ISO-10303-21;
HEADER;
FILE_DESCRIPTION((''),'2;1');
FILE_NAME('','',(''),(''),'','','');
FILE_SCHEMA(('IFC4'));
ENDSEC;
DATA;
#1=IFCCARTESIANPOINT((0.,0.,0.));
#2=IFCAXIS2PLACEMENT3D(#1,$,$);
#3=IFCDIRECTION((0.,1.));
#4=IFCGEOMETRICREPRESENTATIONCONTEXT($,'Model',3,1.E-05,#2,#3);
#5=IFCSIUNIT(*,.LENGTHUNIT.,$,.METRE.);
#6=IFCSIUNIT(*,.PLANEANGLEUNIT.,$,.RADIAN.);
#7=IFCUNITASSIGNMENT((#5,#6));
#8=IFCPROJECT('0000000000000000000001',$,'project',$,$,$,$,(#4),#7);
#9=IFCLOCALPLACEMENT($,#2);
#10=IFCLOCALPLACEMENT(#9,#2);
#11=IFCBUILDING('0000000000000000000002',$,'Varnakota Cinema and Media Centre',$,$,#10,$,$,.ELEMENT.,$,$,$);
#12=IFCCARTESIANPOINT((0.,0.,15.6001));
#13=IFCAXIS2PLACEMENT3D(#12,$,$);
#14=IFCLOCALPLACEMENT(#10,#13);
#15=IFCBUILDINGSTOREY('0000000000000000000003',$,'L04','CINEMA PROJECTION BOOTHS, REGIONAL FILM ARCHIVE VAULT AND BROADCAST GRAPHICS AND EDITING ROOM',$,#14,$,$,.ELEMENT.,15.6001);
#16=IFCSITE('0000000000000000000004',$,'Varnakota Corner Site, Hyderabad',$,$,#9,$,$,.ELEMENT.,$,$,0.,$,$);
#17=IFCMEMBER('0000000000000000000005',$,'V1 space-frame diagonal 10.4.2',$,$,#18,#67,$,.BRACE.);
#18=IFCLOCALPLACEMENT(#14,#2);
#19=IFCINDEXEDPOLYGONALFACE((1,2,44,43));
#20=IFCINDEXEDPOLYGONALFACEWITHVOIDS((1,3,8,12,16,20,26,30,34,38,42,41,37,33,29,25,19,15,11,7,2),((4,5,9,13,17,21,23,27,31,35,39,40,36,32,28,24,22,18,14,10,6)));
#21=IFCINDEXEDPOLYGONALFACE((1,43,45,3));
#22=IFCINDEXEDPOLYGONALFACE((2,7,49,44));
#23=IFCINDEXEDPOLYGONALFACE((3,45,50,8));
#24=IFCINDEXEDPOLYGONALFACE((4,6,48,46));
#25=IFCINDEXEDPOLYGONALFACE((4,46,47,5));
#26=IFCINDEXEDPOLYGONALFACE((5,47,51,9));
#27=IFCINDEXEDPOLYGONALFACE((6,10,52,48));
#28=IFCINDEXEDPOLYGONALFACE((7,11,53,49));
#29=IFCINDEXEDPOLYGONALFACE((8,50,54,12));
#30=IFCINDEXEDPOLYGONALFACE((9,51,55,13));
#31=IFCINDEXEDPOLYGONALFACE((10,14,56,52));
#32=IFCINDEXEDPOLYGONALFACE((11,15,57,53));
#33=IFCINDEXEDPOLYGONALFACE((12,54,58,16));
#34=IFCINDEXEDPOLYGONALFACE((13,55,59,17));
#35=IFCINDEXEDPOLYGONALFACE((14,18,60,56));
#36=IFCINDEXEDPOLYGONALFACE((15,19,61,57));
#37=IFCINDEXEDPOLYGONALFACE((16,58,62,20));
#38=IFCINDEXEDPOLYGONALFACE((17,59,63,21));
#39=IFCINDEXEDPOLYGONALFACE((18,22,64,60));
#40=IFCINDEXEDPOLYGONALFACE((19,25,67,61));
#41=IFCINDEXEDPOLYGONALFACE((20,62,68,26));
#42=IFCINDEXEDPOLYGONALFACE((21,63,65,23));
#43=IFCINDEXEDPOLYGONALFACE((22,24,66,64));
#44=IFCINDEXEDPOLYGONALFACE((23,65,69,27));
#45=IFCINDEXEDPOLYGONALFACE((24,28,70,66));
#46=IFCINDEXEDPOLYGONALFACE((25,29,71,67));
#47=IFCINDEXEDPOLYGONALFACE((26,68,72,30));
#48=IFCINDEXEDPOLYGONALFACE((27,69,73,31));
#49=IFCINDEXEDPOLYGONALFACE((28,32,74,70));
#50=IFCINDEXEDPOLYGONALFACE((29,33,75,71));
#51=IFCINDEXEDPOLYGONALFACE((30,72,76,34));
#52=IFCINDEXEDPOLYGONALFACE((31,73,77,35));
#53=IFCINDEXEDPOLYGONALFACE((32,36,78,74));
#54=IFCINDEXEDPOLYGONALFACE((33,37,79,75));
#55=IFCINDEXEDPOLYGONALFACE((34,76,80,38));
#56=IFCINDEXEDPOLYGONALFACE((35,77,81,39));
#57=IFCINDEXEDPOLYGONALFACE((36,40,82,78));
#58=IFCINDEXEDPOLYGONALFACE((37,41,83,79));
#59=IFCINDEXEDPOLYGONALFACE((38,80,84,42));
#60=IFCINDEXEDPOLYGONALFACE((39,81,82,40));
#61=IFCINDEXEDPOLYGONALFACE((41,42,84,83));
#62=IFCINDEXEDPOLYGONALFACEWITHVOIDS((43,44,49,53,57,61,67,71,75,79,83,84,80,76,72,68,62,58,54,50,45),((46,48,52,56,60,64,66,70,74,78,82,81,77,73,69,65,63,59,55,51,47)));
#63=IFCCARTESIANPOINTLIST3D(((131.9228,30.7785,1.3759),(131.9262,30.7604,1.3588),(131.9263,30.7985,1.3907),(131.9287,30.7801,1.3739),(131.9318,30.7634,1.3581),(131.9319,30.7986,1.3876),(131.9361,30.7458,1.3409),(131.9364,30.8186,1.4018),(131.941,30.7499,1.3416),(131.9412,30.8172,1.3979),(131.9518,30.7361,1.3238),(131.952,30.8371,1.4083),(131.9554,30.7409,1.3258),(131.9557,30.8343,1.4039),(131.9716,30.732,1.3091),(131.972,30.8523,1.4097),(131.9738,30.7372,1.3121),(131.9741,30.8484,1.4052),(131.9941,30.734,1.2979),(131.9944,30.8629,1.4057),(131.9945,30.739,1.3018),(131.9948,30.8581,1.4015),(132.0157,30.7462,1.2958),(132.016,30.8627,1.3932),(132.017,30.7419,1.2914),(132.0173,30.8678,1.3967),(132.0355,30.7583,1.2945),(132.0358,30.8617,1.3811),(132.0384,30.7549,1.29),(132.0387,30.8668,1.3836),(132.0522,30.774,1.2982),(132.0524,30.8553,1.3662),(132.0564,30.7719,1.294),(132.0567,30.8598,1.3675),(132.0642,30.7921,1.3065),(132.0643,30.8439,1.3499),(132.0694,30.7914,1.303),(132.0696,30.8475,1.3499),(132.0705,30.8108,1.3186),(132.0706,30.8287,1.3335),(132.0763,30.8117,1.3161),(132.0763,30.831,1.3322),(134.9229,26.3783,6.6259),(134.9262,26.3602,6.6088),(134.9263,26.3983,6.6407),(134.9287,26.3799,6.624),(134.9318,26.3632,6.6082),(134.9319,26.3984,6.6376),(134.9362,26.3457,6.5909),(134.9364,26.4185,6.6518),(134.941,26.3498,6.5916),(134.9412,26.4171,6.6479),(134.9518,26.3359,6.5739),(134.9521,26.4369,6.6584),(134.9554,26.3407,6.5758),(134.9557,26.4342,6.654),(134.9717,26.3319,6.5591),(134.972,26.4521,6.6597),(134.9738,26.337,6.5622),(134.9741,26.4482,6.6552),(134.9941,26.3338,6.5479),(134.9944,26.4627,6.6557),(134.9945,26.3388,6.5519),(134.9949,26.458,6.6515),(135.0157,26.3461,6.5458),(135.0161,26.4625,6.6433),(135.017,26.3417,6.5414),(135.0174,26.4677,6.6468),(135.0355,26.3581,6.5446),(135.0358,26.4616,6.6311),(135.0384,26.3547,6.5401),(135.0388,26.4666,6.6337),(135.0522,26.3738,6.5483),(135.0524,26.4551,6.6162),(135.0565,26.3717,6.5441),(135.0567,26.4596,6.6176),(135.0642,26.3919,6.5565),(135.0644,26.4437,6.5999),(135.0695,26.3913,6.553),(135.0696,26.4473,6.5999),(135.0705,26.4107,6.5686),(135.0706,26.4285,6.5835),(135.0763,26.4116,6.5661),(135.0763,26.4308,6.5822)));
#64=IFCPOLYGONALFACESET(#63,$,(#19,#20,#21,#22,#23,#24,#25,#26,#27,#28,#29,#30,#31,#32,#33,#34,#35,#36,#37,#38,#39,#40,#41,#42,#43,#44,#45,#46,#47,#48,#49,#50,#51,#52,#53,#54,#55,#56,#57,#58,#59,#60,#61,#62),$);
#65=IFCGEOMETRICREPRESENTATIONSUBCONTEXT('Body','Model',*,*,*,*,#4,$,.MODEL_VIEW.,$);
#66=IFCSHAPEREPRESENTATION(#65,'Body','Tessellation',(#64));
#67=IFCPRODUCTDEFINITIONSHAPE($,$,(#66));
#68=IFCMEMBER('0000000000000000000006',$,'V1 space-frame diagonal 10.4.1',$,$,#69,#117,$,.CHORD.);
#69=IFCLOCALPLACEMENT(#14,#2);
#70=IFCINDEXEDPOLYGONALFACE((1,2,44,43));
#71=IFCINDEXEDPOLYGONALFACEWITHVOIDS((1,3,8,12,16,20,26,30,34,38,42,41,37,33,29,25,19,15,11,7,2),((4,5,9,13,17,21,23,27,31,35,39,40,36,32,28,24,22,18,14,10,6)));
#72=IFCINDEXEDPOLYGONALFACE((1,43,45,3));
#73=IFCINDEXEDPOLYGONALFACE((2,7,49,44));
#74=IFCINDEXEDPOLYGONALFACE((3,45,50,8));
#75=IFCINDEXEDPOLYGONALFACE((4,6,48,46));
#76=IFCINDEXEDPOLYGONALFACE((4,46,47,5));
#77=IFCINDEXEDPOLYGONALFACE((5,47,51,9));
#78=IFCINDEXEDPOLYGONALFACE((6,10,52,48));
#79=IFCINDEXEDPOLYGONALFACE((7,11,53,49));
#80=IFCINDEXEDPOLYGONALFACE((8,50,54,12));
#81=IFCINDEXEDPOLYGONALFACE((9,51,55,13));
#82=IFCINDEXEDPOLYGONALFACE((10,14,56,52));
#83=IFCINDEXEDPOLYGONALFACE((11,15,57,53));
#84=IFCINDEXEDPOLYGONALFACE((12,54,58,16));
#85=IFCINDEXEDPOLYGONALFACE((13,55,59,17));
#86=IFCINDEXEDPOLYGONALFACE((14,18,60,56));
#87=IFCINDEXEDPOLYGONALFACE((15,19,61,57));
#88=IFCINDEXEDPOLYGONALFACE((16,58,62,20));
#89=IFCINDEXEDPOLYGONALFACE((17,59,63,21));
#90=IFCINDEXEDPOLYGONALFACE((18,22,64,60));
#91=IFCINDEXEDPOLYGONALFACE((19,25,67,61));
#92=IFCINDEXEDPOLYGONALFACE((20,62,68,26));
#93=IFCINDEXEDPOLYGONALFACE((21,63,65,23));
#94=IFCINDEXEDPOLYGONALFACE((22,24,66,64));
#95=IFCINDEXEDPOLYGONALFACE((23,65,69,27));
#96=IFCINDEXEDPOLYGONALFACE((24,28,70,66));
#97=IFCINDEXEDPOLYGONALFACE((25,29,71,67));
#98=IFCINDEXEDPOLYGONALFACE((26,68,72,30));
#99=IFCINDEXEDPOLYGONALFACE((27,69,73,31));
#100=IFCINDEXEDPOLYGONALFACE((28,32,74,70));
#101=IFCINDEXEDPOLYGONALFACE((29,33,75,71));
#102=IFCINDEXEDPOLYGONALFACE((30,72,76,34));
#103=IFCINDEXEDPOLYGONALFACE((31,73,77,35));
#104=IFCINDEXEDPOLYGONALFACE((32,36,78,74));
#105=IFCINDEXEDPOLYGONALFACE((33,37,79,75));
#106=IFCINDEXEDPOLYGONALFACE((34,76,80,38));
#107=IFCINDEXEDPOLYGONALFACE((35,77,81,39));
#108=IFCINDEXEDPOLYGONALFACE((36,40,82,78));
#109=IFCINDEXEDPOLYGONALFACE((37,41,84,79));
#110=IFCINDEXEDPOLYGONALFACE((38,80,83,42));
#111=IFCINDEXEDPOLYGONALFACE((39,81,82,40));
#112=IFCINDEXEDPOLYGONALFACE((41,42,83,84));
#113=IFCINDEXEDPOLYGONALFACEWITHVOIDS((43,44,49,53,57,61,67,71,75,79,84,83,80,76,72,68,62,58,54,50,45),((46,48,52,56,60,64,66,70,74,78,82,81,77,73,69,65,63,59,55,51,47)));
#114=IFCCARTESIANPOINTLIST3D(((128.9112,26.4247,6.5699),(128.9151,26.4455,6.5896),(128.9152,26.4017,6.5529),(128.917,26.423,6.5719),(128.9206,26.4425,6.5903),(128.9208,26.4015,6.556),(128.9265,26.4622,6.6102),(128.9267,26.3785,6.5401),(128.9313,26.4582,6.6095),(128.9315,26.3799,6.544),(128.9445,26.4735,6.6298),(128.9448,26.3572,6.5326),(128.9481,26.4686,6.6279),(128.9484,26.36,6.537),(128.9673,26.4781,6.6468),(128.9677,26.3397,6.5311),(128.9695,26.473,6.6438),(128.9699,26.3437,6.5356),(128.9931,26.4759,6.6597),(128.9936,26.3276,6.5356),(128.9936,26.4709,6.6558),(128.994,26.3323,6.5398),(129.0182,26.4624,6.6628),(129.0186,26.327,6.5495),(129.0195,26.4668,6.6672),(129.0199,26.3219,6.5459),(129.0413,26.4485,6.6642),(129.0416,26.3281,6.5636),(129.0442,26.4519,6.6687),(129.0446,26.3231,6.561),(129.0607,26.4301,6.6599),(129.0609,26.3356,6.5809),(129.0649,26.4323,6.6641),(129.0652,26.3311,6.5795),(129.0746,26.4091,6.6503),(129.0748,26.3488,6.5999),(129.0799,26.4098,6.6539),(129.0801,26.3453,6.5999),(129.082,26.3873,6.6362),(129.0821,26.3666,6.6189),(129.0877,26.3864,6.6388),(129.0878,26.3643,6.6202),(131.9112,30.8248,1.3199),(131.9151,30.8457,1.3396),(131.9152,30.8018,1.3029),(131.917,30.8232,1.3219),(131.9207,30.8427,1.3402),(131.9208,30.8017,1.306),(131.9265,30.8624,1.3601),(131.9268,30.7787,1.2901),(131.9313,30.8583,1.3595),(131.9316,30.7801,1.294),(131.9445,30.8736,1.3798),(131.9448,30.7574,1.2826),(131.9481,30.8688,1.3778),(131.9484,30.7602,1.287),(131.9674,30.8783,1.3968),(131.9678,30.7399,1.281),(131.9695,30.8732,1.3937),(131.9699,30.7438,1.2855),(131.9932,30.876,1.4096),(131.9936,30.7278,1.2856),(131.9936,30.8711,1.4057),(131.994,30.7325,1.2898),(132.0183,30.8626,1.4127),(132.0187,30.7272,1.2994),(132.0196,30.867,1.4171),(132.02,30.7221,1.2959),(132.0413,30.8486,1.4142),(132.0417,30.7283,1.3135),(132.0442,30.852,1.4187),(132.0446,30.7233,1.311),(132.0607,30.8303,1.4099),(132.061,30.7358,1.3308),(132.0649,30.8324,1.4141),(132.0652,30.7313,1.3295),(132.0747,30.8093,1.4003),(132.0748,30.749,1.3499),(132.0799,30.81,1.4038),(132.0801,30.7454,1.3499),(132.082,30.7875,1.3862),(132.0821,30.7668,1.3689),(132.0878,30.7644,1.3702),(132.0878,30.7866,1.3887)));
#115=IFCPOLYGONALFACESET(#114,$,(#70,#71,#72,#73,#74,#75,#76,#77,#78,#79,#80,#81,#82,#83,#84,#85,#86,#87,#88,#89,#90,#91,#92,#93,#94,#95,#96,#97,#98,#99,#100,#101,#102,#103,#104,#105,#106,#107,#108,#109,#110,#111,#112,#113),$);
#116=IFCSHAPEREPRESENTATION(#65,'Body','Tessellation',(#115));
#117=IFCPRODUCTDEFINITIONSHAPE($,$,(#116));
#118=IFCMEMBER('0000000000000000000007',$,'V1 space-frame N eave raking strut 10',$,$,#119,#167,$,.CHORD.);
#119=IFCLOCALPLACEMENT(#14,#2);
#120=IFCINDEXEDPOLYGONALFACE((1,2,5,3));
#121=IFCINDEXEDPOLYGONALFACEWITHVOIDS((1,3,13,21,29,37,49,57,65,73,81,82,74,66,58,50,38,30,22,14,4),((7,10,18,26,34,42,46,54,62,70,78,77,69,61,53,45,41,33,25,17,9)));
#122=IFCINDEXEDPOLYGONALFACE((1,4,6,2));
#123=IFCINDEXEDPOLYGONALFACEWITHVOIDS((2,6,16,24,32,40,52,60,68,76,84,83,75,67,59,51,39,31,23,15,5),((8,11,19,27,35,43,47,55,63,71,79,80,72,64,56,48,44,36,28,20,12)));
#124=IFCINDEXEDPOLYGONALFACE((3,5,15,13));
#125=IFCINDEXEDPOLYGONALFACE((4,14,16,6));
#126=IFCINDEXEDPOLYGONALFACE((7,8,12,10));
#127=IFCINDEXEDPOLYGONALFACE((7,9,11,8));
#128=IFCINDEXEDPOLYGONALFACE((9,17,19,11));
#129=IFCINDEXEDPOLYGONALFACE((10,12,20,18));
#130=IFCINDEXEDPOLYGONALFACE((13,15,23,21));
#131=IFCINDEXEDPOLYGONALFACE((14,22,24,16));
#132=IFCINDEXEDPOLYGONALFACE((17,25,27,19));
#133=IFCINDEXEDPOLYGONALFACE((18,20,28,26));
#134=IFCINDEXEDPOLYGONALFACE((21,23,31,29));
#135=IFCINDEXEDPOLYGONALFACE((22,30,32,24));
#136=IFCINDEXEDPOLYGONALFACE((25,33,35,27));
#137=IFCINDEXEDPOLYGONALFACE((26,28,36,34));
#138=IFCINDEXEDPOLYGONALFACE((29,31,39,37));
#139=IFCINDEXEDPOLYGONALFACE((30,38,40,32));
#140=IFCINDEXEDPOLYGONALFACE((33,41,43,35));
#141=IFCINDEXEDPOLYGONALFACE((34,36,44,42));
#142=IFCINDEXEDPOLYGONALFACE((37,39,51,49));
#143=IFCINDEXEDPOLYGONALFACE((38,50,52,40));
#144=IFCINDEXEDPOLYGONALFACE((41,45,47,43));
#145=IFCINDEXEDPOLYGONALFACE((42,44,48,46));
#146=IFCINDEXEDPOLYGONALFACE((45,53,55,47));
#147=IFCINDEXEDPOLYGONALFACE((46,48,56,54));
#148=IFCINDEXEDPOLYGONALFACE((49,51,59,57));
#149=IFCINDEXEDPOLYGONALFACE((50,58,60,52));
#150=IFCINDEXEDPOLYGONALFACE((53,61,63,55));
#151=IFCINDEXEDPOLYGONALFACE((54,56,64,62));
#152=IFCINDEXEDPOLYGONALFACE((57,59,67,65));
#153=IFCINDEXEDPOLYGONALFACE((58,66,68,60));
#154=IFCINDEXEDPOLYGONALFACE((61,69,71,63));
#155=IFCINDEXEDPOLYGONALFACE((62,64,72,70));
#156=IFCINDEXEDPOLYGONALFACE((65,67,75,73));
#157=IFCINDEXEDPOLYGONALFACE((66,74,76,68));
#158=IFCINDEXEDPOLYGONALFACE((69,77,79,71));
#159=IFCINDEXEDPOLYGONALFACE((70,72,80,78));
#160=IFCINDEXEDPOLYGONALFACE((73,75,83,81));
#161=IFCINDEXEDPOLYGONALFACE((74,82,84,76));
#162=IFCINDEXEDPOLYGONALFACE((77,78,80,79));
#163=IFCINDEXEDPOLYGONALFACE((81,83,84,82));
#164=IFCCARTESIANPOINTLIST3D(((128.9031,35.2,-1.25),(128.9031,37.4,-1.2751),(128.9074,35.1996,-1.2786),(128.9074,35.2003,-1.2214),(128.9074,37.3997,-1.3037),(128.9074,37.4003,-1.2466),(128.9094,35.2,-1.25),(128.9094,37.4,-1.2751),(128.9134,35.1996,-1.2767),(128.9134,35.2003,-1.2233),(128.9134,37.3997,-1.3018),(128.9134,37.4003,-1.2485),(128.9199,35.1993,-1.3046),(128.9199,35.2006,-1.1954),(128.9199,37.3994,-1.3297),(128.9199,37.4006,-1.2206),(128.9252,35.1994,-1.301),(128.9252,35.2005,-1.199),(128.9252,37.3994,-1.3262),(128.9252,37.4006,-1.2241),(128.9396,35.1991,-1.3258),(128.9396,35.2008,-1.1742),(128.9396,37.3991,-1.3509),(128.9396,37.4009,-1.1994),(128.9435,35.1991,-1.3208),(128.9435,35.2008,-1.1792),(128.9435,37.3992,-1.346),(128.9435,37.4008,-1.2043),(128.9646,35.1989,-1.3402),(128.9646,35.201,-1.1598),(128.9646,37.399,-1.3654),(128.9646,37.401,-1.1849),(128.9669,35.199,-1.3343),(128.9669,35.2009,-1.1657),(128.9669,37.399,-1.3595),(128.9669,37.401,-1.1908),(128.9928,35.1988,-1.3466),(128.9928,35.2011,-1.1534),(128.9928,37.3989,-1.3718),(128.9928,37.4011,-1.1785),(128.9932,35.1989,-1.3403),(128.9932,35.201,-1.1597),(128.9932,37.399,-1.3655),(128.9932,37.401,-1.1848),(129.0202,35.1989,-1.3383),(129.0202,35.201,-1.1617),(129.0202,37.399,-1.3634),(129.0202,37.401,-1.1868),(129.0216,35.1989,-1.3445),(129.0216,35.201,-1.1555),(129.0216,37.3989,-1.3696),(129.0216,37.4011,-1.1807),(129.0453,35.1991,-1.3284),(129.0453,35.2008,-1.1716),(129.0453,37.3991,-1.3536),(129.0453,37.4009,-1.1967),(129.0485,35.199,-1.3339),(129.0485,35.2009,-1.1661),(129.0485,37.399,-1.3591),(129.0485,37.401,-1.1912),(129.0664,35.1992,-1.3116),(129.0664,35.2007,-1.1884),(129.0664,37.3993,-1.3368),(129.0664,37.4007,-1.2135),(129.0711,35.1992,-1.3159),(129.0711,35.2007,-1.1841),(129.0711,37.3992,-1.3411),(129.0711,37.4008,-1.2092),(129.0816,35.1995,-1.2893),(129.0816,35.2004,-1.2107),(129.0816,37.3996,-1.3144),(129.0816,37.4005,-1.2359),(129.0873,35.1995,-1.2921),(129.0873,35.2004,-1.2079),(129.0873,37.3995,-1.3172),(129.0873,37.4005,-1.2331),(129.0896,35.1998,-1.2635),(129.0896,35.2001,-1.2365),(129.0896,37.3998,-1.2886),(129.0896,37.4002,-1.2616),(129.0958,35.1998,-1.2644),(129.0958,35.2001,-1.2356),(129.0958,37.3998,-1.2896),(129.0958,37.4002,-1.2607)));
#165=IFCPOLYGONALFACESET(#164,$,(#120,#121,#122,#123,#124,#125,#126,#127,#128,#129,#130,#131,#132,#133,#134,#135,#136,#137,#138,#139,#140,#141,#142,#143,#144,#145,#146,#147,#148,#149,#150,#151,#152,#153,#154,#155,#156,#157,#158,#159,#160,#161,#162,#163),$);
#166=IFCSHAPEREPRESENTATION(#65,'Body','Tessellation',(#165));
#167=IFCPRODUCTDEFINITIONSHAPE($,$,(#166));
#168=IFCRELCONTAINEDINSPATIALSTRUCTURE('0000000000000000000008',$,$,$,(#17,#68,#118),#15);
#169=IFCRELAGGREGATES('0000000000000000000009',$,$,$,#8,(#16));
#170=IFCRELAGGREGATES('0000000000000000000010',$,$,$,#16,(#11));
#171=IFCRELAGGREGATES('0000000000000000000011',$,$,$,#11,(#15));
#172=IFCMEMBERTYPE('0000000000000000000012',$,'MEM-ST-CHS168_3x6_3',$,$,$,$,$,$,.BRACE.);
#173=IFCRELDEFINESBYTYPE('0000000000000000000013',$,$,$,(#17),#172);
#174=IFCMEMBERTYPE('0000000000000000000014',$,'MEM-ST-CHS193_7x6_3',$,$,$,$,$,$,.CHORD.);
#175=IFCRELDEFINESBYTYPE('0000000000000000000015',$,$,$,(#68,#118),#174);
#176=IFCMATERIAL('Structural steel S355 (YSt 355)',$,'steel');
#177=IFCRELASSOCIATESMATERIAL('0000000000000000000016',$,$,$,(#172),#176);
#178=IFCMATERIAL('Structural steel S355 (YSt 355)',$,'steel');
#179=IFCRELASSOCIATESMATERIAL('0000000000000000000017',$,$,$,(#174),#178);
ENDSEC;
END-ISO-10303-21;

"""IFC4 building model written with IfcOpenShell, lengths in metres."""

from ifc_helpers import new_model, si_unit, direction, frame, origin, origin_2d, place, context, subcontext, project, spatial, hollow_circle, extrude, material, material_profile, profile_set, type_object, element, save


model = new_model("IFC4")

# Units and contexts
model_context = context("Model", 3, precision=1e-05, world=origin(), true_north=direction((0.0, 1.0)))
body_context = subcontext(model_context, "Body", "Model", "MODEL_VIEW")
ifc_project = project(units=[si_unit("LENGTHUNIT", "METRE"), si_unit("PLANEANGLEUNIT", "RADIAN")], contexts=[model_context])

# Site, building, storey
site_placement = place(None, origin())
site = spatial("IfcSite", under=ifc_project, at=site_placement, Name="Varnakota Corner Site, Hyderabad", CompositionType="ELEMENT", RefElevation=0.0)
building_placement = place(site_placement, origin())
building = spatial("IfcBuilding", under=site, at=building_placement, Name="Varnakota Cinema and Media Centre", CompositionType="ELEMENT")
storey_placement = place(building_placement, frame((0.0, 0.0, 15.6001)))
storey = spatial("IfcBuildingStorey", under=building, at=storey_placement, Name="L04", Description="CINEMA PROJECTION BOOTHS, REGIONAL FILM ARCHIVE VAULT AND BROADCAST GRAPHICS AND EDITING ROOM", CompositionType="ELEMENT", Elevation=15.6001)

# Members
ifc_material_1 = material(Name="Structural steel S355 (YSt 355)", Category="steel")
ifc_material_profile_1 = material_profile(ifc_material_1, hollow_circle(Radius=0.0842, WallThickness=0.0063, at=origin_2d()), Name="CHS 168.3x6.3")
ifc_profile_set_1 = profile_set([ifc_material_profile_1], Name="Structural steel S355 (YSt 355)")
member_type_1 = type_object("IfcMemberType", Name="MEM-ST-CHS168_3x6_3", PredefinedType="BRACE", material=ifc_profile_set_1)
member_1_placement = place(storey_placement, frame((132.0, 30.8, 1.3499), z_axis=(0.401165, -0.588395, 0.702039), x_axis=(0.826236, 0.563324, 0.0)))
element("IfcMember", 1, at=member_1_placement, inside=storey, type_object=member_type_1, Name="V1 space-frame diagonal 10.4.2", PredefinedType="BRACE", context=body_context, shape_type="SweptSolid", body=[
    extrude(hollow_circle(Radius=0.0842, WallThickness=0.0063, at=origin_2d()), origin(), (0.0, 0.0, 1.0), 7.4783),
])
ifc_material_2 = material(Name="Structural steel S355 (YSt 355)", Category="steel")
ifc_material_profile_2 = material_profile(ifc_material_2, hollow_circle(Radius=0.0969, WallThickness=0.0063, at=origin_2d()), Name="CHS 193.7x6.3")
ifc_profile_set_2 = profile_set([ifc_material_profile_2], Name="Structural steel S355 (YSt 355)")
member_type_2 = type_object("IfcMemberType", Name="MEM-ST-CHS193_7x6_3", PredefinedType="CHORD", material=ifc_profile_set_2)
member_2_placement = place(storey_placement, frame((132.0, 30.8, 1.3499), z_axis=(-0.401165, -0.588395, 0.702039), x_axis=(0.826236, -0.563324, 0.0)))
element("IfcMember", 2, at=member_2_placement, inside=storey, type_object=member_type_2, Name="V1 space-frame diagonal 10.4.1", PredefinedType="CHORD", context=body_context, shape_type="SweptSolid", body=[
    extrude(hollow_circle(Radius=0.0969, WallThickness=0.0063, at=origin_2d()), origin(), (0.0, 0.0, 1.0), 7.4783),
])
for number, where, z_axis, x_axis, name in (
    (3, (129.0, 35.2, -1.25), (0.0, 0.999935, -0.01143), (-1.0, 0.0, 0.0), "V1 space-frame N eave raking strut 10"),
):
    element("IfcMember", number, at=place(storey_placement, frame(where, z_axis=z_axis, x_axis=x_axis)), inside=storey, type_object=member_type_2, Name=name, PredefinedType="CHORD", context=body_context, shape_type="SweptSolid", body=[
        extrude(hollow_circle(Radius=0.0969, WallThickness=0.0063, at=origin_2d()), origin(), (0.0, 0.0, 1.0), 2.2002),
    ])

save(model, "model.ifc")
